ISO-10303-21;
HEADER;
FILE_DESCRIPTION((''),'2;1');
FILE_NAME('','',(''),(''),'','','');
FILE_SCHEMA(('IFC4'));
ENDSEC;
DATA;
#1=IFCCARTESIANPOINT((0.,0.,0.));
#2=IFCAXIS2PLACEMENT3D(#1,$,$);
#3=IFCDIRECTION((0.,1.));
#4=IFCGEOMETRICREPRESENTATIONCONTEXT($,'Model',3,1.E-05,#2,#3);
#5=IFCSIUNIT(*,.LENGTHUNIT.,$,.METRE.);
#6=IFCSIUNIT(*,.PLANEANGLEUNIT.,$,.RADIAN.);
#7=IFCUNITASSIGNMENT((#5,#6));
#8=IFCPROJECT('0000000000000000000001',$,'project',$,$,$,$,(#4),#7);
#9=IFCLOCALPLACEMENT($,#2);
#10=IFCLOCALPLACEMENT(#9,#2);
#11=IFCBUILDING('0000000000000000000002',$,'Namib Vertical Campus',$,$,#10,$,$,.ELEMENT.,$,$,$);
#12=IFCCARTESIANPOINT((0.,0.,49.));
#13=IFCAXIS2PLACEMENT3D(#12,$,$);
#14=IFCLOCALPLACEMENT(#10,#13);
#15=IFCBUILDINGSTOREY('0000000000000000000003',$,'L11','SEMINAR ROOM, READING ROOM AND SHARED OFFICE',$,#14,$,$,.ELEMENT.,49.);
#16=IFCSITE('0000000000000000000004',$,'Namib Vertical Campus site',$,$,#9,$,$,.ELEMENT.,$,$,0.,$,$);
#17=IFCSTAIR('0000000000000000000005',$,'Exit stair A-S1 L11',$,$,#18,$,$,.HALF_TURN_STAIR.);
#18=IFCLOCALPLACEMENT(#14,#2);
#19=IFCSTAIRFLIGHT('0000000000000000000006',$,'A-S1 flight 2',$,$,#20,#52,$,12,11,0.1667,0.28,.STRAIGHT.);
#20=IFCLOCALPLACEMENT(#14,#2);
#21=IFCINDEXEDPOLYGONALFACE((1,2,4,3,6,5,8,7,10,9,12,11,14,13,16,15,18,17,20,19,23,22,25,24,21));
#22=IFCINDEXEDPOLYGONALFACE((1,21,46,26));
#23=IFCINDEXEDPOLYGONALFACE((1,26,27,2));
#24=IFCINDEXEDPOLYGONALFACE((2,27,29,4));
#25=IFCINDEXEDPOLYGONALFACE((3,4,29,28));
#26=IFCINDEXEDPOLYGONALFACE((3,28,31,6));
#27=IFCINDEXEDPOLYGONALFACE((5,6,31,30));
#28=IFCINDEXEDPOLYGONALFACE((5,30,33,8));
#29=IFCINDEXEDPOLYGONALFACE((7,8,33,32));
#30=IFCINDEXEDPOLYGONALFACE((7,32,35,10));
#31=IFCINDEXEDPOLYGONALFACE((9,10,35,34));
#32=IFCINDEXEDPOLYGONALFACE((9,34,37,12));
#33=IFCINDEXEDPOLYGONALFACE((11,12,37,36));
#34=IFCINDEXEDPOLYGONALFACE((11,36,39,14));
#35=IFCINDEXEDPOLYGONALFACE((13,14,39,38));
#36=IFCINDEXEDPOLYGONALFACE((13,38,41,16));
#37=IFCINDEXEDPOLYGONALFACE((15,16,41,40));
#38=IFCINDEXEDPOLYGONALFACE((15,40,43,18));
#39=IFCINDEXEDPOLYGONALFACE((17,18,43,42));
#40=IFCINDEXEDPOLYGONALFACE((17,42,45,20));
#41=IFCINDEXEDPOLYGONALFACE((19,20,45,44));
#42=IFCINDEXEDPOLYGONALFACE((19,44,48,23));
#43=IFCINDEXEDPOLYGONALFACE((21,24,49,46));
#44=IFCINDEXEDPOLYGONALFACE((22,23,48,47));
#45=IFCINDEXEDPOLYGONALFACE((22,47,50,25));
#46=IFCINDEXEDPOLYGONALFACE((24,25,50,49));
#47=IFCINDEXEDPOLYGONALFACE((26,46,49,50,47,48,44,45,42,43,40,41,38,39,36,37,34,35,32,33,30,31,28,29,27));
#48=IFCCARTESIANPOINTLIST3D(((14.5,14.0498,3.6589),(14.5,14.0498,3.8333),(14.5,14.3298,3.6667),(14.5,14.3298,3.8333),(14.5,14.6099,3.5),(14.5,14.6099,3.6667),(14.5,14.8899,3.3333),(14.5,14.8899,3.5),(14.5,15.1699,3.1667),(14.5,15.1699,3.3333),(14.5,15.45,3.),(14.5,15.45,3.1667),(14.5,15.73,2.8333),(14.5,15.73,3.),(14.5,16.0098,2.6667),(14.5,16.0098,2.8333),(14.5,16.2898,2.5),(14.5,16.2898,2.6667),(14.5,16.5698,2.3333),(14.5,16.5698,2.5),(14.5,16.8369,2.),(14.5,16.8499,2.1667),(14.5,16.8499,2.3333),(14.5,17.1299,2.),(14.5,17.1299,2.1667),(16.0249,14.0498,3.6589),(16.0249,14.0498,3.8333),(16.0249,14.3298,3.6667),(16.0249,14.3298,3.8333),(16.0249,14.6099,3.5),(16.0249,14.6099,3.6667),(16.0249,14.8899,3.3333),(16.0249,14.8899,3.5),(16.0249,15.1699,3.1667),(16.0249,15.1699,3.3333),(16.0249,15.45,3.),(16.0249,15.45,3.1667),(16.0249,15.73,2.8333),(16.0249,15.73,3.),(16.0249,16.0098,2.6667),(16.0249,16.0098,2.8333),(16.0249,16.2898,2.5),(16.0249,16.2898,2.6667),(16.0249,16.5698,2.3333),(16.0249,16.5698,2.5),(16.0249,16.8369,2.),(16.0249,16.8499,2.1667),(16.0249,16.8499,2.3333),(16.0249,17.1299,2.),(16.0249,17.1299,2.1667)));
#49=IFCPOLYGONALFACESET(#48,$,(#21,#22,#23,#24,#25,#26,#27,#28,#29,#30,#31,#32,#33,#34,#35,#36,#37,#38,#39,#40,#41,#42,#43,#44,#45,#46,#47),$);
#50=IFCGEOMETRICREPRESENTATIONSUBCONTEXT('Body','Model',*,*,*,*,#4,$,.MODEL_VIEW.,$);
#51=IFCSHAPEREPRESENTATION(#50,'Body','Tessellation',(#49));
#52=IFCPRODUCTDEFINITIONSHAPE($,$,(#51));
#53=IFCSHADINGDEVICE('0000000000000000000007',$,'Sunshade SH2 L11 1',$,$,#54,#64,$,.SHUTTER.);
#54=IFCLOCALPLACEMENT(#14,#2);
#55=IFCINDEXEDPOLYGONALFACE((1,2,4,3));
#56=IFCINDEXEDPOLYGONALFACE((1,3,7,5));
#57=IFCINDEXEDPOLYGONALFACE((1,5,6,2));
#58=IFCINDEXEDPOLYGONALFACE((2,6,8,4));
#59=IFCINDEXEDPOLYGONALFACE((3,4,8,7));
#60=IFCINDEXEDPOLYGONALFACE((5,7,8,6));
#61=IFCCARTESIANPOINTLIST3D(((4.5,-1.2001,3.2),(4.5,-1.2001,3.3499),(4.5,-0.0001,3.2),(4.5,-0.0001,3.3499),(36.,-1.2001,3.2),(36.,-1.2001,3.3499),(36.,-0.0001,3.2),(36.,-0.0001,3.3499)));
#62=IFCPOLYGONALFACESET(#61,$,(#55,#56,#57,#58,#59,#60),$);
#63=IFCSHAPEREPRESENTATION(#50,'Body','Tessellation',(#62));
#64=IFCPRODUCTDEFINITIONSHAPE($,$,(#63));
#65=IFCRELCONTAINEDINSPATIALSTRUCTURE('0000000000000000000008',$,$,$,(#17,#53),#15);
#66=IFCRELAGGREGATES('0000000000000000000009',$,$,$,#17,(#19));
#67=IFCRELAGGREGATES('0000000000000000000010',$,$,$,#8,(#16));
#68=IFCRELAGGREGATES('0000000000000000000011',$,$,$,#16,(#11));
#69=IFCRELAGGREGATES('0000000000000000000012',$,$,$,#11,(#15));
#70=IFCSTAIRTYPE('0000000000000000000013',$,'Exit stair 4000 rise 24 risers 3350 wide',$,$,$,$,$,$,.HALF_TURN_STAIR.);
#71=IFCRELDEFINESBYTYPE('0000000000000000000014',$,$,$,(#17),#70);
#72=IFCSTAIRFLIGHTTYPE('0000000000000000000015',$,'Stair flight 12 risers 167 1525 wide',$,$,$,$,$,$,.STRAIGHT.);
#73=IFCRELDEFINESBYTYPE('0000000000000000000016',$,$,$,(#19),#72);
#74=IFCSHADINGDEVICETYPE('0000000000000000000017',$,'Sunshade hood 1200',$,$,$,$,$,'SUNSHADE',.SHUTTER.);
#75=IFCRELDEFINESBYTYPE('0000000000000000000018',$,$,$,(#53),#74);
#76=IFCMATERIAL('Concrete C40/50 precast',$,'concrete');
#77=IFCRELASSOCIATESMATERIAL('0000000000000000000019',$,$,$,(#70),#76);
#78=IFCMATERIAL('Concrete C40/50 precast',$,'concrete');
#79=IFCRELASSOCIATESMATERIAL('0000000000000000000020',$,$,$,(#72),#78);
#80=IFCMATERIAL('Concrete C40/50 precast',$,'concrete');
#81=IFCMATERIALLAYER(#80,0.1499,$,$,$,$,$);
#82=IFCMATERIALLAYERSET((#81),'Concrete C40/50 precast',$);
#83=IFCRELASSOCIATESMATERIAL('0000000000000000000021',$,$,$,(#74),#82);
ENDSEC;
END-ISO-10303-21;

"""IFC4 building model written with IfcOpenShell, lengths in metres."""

from ifc_helpers import new_model, si_unit, direction, frame, origin, origin_2d, place, context, subcontext, project, spatial, polyline, rectangle, outline, extrude, material, layer, layer_set, type_object, element, aggregate, save


model = new_model("IFC4")

# Units and contexts
model_context = context("Model", 3, precision=1e-05, world=origin(), true_north=direction((0.0, 1.0)))
body_context = subcontext(model_context, "Body", "Model", "MODEL_VIEW")
ifc_project = project(units=[si_unit("LENGTHUNIT", "METRE"), si_unit("PLANEANGLEUNIT", "RADIAN")], contexts=[model_context])

# Site, building, storey
site_placement = place(None, origin())
site = spatial("IfcSite", under=ifc_project, at=site_placement, Name="Namib Vertical Campus site", CompositionType="ELEMENT", RefElevation=0.0)
building_placement = place(site_placement, origin())
building = spatial("IfcBuilding", under=site, at=building_placement, Name="Namib Vertical Campus", CompositionType="ELEMENT")
storey_placement = place(building_placement, frame((0.0, 0.0, 49.0)))
storey = spatial("IfcBuildingStorey", under=building, at=storey_placement, Name="L11", Description="SEMINAR ROOM, READING ROOM AND SHARED OFFICE", CompositionType="ELEMENT", Elevation=49.0)

# Stair, stair flight
ifc_material_1 = material(Name="Concrete C40/50 precast", Category="concrete")
stair_type = type_object("IfcStairType", Name="Exit stair 4000 rise 24 risers 3350 wide", PredefinedType="HALF_TURN_STAIR", material=ifc_material_1)
stair_placement = place(storey_placement, origin())
stair = element("IfcStair", 1, at=stair_placement, inside=storey, type_object=stair_type, Name="Exit stair A-S1 L11", PredefinedType="HALF_TURN_STAIR")
ifc_material_2 = material(Name="Concrete C40/50 precast", Category="concrete")
stair_flight_type = type_object("IfcStairFlightType", Name="Stair flight 12 risers 167 1525 wide", PredefinedType="STRAIGHT", material=ifc_material_2)
stair_flight_1_placement = place(storey_placement, frame((15.2625, 17.1299, 2.0), z_axis=(0.0, 0.0, 1.0), x_axis=(0.0, -1.0, 0.0)))
stair_flight_1 = element("IfcStairFlight", 2, at=stair_flight_1_placement, type_object=stair_flight_type, Name="A-S1 flight 2", NumberOfRisers=12, NumberOfTreads=11, PredefinedType="STRAIGHT", RiserHeight=0.1667, TreadLength=0.28, context=body_context, shape_type="SweptSolid", body=[
    extrude(outline(polyline([(0.0, 0.0), (0.0, 0.1667), (0.28, 0.1667), (0.28, 0.3333), (0.5601, 0.3333), (0.5601, 0.5), (0.8401, 0.5), (0.8401, 0.6667), (1.1201, 0.6667), (1.1201, 0.8333), (1.3999, 0.8333), (1.3999, 1.0), (1.6799, 1.0), (1.6799, 1.1667), (1.96, 1.1667), (1.96, 1.3333), (2.24, 1.3333), (2.24, 1.5), (2.52, 1.5), (2.52, 1.6667), (2.8, 1.6667), (2.8, 1.8333), (3.0801, 1.8333), (3.0801, 2.0), (3.0801, 1.6589), (0.293, 0.0), (0.0, 0.0)])), frame((0.0, 0.7625, 0.0), z_axis=(0.0, -1.0, 0.0), x_axis=(1.0, 0.0, 0.0)), (0.0, 0.0, 1.0), 1.5249),
])
aggregate(stair, [stair_flight_1])

# Shading device
ifc_material_3 = material(Name="Concrete C40/50 precast", Category="concrete")
ifc_layer_1 = layer(ifc_material_3, 0.1499)
ifc_layer_set_1 = layer_set([ifc_layer_1], Name="Concrete C40/50 precast")
shading_device_type = type_object("IfcShadingDeviceType", Name="Sunshade hood 1200", ElementType="SUNSHADE", PredefinedType="SHUTTER", material=ifc_layer_set_1)
shading_device_placement = place(storey_placement, frame((20.25, -0.6001, 3.2), z_axis=(0.0, 0.0, 1.0), x_axis=(1.0, 0.0, 0.0)))
element("IfcShadingDevice", 3, at=shading_device_placement, inside=storey, type_object=shading_device_type, Name="Sunshade SH2 L11 1", PredefinedType="SHUTTER", context=body_context, shape_type="SweptSolid", body=[
    extrude(rectangle(XDim=31.5, YDim=1.2, at=origin_2d()), origin(), (0.0, 0.0, 1.0), 0.1499),
])

save(model, "model.ifc")
